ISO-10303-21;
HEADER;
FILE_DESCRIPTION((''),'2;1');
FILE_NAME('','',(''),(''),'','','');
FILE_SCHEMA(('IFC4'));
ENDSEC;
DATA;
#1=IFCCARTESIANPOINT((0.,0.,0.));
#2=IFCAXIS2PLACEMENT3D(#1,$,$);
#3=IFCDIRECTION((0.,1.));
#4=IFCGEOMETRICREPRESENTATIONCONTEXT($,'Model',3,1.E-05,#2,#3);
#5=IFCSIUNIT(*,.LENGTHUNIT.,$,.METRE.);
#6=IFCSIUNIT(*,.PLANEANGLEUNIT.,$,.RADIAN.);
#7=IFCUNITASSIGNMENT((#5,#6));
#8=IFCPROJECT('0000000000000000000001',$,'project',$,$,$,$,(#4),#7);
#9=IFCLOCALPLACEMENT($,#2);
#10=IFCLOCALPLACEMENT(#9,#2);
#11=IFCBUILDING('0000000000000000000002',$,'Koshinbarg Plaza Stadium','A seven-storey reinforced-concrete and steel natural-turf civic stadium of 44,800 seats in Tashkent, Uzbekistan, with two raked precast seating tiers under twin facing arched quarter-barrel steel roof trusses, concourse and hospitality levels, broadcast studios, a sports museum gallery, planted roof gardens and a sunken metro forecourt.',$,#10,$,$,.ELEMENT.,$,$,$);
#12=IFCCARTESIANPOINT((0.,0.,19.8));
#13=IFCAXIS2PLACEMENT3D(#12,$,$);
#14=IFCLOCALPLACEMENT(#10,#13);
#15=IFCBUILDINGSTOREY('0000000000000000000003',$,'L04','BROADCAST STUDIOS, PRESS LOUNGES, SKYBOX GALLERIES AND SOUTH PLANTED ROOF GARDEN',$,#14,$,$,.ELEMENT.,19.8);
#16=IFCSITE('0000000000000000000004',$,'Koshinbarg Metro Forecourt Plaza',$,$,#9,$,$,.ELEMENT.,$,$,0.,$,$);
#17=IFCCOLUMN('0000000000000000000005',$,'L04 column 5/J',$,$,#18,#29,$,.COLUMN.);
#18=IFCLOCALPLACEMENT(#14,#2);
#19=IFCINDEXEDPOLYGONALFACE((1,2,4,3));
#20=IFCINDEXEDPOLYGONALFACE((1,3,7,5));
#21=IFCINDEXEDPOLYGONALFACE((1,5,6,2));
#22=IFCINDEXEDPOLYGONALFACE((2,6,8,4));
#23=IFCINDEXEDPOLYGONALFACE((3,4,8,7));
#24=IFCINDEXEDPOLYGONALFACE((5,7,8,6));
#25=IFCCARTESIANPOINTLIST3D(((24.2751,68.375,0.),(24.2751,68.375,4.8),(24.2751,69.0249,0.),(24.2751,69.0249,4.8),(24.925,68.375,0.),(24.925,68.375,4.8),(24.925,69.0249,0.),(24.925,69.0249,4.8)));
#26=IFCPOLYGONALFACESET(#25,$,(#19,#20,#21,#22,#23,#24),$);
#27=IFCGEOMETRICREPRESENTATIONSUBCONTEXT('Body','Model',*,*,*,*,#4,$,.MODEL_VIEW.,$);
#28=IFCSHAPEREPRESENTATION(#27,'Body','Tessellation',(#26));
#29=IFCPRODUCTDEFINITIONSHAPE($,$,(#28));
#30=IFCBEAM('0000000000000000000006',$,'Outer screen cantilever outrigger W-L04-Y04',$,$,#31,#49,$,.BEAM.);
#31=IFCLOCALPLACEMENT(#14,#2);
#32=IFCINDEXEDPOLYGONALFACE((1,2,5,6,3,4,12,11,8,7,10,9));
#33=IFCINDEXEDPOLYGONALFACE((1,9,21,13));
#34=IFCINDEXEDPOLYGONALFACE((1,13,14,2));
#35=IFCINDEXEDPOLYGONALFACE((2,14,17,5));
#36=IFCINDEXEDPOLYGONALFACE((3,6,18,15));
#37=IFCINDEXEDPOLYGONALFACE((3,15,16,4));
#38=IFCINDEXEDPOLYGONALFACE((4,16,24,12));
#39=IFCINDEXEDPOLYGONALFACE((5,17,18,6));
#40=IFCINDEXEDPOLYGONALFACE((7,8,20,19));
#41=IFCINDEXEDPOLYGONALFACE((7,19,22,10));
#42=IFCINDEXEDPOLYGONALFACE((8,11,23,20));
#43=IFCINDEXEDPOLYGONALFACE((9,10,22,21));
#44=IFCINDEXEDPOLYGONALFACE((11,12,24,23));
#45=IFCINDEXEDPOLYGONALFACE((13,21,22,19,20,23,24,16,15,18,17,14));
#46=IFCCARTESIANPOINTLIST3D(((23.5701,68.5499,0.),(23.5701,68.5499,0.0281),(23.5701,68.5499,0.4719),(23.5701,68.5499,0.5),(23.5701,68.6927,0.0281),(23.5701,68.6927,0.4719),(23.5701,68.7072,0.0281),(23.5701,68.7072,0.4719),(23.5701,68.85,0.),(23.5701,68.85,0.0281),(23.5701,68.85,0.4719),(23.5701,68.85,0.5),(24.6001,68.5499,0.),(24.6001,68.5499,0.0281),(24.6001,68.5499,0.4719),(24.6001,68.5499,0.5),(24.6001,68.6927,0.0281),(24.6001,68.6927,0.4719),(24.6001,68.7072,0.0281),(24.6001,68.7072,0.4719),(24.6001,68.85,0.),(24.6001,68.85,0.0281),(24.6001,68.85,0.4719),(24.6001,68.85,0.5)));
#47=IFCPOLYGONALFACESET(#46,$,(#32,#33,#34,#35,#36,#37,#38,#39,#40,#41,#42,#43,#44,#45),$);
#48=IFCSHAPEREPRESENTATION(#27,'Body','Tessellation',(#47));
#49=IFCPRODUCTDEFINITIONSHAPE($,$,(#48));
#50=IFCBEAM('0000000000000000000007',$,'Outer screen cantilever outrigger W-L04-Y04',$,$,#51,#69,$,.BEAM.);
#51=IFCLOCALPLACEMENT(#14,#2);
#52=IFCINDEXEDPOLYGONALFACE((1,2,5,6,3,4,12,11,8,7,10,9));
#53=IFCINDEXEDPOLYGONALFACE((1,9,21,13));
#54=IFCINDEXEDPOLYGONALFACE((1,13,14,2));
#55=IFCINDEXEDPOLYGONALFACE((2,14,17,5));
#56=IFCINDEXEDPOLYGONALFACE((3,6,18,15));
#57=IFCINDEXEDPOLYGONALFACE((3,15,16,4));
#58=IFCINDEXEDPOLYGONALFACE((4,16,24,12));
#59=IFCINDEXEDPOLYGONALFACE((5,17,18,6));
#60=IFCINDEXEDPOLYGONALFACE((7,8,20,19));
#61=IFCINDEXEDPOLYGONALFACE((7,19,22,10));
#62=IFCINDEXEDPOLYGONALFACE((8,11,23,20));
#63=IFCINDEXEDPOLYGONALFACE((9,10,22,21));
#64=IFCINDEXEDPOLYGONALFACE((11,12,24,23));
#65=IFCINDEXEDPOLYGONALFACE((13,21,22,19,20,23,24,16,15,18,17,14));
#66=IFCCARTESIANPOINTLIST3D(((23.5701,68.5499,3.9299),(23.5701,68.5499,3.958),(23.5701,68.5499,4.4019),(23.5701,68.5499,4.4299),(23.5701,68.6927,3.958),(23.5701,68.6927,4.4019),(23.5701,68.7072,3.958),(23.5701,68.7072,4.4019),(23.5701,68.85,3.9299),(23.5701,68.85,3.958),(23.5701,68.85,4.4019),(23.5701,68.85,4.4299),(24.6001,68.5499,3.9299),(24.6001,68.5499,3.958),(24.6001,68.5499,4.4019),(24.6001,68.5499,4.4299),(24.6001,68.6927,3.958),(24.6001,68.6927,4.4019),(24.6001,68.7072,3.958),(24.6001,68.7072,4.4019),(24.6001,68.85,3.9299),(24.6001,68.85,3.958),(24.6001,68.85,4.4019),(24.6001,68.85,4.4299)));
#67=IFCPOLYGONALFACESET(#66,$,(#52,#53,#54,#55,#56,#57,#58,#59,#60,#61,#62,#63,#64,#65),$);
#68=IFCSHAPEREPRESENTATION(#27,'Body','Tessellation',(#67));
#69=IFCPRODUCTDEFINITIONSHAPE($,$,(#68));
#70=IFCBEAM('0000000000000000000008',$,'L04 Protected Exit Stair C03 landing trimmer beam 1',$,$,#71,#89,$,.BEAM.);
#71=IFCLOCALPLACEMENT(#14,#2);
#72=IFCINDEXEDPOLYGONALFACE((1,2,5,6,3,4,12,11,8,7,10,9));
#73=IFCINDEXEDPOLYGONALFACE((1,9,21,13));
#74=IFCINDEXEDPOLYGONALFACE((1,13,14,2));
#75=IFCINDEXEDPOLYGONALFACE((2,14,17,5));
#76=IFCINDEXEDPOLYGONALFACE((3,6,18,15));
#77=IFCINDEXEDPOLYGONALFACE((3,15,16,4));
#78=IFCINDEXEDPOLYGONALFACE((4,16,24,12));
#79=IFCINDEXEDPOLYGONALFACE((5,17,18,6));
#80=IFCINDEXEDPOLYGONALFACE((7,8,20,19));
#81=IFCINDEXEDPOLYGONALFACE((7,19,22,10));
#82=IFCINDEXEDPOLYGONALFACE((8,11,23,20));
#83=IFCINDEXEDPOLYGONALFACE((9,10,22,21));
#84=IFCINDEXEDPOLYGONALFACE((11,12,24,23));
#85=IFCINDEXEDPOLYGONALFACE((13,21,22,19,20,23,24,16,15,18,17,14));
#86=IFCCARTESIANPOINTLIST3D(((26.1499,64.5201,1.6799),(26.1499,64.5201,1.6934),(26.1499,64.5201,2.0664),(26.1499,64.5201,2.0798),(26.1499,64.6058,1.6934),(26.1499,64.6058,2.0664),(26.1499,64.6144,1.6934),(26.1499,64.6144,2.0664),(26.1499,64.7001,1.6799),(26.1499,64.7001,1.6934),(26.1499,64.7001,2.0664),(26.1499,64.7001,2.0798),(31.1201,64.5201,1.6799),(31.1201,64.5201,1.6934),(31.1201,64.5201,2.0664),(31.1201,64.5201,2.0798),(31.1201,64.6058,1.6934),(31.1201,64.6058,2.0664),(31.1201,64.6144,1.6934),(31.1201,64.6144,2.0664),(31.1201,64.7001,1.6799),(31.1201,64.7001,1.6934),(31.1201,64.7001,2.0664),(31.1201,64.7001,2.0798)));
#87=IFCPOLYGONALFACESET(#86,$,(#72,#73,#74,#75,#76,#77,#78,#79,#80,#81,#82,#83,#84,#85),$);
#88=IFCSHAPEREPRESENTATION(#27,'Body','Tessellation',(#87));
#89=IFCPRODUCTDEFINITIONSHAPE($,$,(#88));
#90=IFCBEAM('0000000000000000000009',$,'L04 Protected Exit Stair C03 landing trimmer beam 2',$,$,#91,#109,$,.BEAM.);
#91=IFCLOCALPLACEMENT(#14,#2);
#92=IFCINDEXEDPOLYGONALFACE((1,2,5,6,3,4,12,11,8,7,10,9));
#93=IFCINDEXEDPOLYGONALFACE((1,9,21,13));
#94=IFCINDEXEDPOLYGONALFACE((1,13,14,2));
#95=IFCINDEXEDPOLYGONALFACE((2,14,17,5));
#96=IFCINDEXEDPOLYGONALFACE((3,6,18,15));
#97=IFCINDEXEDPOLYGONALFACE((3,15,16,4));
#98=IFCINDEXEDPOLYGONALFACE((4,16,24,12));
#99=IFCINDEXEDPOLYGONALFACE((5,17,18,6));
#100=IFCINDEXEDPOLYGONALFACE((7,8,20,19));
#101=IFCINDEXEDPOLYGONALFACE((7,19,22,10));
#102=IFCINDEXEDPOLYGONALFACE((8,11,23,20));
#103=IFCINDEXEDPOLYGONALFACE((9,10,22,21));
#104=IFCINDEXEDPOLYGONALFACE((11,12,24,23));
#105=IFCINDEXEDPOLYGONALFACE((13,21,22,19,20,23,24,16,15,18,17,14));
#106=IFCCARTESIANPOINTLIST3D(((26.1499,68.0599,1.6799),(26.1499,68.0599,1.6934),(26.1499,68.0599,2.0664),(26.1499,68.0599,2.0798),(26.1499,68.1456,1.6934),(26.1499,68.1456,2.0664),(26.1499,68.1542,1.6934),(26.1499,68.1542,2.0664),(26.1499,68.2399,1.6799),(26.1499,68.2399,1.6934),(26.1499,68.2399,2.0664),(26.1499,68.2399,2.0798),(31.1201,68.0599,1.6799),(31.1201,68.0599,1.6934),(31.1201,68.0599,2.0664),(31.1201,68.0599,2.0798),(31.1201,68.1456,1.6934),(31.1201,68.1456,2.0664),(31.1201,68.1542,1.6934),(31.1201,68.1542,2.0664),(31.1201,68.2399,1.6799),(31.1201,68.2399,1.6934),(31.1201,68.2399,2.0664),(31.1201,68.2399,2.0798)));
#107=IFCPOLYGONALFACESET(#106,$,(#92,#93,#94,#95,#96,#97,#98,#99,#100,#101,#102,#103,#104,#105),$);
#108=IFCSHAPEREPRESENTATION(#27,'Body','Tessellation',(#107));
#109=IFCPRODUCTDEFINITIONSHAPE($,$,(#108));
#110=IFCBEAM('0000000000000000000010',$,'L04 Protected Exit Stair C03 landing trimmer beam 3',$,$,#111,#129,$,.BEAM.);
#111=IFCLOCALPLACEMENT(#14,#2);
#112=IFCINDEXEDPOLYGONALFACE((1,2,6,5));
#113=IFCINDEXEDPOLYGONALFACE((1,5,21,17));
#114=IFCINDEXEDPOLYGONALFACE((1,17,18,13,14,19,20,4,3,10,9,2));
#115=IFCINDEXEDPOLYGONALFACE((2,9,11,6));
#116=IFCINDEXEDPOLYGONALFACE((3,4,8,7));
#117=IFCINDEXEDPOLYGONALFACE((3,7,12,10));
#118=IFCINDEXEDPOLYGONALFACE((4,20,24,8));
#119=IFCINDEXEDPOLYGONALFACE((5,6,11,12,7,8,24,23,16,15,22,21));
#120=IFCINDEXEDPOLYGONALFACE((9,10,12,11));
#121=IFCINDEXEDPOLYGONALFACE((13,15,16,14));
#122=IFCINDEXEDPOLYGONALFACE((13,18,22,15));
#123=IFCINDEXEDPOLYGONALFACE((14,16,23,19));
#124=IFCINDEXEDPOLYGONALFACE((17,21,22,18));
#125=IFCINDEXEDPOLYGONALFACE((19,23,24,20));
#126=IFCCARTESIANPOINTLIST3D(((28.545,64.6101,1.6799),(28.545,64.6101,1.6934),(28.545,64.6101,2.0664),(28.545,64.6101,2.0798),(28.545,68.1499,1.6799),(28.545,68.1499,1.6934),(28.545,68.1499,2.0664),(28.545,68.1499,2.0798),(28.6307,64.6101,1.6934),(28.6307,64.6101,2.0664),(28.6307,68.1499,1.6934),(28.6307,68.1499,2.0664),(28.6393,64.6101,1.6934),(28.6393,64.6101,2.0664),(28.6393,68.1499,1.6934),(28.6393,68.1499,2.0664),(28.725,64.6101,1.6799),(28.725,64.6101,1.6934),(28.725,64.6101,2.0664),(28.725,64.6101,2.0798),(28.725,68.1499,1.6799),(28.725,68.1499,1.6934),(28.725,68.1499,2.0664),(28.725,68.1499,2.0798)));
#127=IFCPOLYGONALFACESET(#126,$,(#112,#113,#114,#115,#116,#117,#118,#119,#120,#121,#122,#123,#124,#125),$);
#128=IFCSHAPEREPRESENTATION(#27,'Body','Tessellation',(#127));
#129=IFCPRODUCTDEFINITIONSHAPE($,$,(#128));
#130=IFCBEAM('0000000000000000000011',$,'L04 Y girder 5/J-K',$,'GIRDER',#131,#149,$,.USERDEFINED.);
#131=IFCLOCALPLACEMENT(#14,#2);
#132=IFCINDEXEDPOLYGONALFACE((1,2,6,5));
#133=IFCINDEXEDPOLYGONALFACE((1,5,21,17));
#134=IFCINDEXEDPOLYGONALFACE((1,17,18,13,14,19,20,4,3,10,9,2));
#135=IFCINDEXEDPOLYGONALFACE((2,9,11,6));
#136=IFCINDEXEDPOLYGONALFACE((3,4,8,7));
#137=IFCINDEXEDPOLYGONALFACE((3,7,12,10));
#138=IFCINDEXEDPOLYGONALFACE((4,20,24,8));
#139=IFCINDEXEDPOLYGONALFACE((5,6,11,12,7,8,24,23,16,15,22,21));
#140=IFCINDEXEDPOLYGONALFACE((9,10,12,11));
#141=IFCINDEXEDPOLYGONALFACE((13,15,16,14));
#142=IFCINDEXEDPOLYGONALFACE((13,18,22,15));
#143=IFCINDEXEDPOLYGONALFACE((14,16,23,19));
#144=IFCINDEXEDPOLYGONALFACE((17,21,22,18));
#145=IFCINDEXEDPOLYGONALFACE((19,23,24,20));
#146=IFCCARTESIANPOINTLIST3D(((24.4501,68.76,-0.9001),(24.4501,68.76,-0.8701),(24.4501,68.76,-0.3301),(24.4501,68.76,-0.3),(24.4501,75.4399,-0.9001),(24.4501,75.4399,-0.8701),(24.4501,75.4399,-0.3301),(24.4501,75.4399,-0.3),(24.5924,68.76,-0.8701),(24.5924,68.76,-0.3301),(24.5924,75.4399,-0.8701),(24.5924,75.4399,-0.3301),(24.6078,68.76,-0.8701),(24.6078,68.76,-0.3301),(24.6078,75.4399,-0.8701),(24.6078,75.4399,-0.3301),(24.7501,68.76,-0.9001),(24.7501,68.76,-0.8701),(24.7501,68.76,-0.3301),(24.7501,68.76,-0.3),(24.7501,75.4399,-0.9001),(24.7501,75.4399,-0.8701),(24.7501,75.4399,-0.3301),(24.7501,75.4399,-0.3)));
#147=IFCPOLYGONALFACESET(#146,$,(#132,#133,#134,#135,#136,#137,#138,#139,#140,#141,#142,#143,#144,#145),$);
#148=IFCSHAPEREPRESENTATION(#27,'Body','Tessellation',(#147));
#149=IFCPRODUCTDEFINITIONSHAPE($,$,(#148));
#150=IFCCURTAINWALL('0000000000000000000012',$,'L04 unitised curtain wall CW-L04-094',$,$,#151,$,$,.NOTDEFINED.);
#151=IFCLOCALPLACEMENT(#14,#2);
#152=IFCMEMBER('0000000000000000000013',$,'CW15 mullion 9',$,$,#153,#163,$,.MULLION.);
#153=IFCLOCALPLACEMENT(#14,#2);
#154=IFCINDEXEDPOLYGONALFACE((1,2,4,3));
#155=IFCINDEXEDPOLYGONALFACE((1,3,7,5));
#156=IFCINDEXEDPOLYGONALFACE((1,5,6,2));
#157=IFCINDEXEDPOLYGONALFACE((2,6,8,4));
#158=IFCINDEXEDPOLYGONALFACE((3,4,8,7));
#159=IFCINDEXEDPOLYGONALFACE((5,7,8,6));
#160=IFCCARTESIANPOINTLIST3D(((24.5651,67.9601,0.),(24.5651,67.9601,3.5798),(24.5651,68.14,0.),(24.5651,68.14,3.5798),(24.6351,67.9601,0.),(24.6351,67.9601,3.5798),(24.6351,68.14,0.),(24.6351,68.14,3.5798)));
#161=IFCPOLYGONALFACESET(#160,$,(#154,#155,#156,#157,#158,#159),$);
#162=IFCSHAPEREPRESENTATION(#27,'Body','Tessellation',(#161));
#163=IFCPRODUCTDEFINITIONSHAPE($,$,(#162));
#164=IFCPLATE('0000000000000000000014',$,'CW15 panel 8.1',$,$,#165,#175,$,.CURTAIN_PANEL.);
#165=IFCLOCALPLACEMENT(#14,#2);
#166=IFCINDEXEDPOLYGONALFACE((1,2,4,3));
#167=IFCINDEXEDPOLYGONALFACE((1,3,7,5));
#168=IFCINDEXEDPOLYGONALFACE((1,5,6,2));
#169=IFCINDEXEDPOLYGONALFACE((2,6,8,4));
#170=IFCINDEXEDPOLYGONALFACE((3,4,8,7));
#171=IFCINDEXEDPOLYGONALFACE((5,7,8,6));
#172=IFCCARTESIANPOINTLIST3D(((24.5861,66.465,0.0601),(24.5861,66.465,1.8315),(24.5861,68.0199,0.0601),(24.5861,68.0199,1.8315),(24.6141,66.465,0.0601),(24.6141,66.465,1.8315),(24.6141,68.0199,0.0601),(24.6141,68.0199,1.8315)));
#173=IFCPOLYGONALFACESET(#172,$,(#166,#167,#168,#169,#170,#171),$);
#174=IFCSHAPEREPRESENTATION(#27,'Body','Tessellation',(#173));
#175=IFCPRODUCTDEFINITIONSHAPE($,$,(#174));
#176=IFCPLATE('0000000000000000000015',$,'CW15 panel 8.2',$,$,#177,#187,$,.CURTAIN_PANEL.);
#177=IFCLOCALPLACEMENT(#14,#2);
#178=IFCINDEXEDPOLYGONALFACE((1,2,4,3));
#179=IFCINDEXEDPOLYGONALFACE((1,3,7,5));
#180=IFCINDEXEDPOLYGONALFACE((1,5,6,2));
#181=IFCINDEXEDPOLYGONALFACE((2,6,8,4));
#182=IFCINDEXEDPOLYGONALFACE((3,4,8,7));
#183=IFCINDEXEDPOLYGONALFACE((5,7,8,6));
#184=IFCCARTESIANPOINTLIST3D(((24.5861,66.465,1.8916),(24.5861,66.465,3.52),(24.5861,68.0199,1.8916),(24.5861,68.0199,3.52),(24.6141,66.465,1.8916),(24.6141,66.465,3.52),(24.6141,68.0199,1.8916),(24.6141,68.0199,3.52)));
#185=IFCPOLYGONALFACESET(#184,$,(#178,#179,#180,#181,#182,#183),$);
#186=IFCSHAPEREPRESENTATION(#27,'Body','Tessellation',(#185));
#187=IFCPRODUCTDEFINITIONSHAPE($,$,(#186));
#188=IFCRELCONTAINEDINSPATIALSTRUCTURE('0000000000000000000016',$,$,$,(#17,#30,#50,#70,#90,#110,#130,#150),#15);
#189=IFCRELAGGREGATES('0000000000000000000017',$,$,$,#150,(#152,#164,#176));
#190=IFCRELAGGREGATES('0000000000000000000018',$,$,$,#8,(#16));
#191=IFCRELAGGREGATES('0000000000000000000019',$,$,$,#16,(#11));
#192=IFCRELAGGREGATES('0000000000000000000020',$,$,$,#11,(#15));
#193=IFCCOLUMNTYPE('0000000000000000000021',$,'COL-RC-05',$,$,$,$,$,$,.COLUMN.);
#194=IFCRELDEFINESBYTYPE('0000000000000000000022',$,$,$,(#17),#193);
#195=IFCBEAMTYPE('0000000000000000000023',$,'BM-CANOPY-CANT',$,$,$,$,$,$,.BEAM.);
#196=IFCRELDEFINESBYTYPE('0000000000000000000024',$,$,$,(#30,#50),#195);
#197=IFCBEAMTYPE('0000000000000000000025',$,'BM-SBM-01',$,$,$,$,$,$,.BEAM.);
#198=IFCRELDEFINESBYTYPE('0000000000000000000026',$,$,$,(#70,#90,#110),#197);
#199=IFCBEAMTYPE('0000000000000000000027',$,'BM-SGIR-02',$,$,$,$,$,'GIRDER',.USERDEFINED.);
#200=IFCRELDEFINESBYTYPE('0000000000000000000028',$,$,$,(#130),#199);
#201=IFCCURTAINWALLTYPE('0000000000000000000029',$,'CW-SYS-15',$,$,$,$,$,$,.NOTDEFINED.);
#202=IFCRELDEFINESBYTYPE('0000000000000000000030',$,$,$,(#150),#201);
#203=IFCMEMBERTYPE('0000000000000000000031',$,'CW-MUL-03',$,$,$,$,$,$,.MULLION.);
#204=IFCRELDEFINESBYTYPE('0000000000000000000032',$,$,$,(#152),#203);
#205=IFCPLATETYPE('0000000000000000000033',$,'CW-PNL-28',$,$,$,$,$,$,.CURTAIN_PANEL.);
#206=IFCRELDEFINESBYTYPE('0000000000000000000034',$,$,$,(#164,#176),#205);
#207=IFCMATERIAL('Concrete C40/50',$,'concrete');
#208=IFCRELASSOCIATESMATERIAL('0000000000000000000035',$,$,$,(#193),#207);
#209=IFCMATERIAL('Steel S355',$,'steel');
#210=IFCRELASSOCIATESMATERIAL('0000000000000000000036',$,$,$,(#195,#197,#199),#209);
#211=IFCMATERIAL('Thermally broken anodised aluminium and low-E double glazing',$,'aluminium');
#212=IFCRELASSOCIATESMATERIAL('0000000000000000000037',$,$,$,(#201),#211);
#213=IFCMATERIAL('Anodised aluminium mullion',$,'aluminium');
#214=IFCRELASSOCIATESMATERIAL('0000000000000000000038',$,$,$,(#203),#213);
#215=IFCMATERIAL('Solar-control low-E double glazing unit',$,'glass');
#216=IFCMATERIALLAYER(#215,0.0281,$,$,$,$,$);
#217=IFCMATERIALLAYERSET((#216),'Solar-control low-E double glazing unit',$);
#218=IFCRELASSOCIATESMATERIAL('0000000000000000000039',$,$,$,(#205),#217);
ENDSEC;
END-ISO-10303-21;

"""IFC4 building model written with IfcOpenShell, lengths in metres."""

from ifc_helpers import new_model, si_unit, direction, frame, origin, origin_2d, place, context, subcontext, project, spatial, rectangle, i_section, extrude, material, layer, layer_set, material_profile, profile_set, type_object, element, aggregate, save


model = new_model("IFC4")

# Units and contexts
model_context = context("Model", 3, precision=1e-05, world=origin(), true_north=direction((0.0, 1.0)))
body_context = subcontext(model_context, "Body", "Model", "MODEL_VIEW")
ifc_project = project(units=[si_unit("LENGTHUNIT", "METRE"), si_unit("PLANEANGLEUNIT", "RADIAN")], contexts=[model_context])

# Site, building, storey
site_placement = place(None, origin())
site = spatial("IfcSite", under=ifc_project, at=site_placement, Name="Koshinbarg Metro Forecourt Plaza", CompositionType="ELEMENT", RefElevation=0.0)
building_placement = place(site_placement, origin())
building = spatial("IfcBuilding", under=site, at=building_placement, Name="Koshinbarg Plaza Stadium", Description="A seven-storey reinforced-concrete and steel natural-turf civic stadium of 44,800 seats in Tashkent, Uzbekistan, with two raked precast seating tiers under twin facing arched quarter-barrel steel roof trusses, concourse and hospitality levels, broadcast studios, a sports museum gallery, planted roof gardens and a sunken metro forecourt.", CompositionType="ELEMENT")
storey_placement = place(building_placement, frame((0.0, 0.0, 19.8)))
storey = spatial("IfcBuildingStorey", under=building, at=storey_placement, Name="L04", Description="BROADCAST STUDIOS, PRESS LOUNGES, SKYBOX GALLERIES AND SOUTH PLANTED ROOF GARDEN", CompositionType="ELEMENT", Elevation=19.8)

# Column
ifc_material_1 = material(Name="Concrete C40/50", Category="concrete")
ifc_material_profile_1 = material_profile(ifc_material_1, rectangle(XDim=0.6499, YDim=0.6499, at=origin_2d()), Name="RC 650x650")
ifc_profile_set_1 = profile_set([ifc_material_profile_1], Name="Concrete C40/50")
column_type = type_object("IfcColumnType", Name="COL-RC-05", PredefinedType="COLUMN", material=ifc_profile_set_1)
column_placement = place(storey_placement, frame((24.6001, 68.7, 0.0), z_axis=(0.0, 0.0, 1.0), x_axis=(1.0, 0.0, 0.0)))
element("IfcColumn", 1, at=column_placement, inside=storey, type_object=column_type, Name="L04 column 5/J", PredefinedType="COLUMN", context=body_context, shape_type="SweptSolid", body=[
    extrude(rectangle(XDim=0.6499, YDim=0.6499, at=origin_2d()), origin(), (0.0, 0.0, 1.0), 4.8),
])

# Beams
ifc_material_2 = material(Name="Steel S355", Category="steel")
ifc_material_profile_2 = material_profile(ifc_material_2, i_section(OverallWidth=0.3, OverallDepth=0.5, WebThickness=0.0144, FlangeThickness=0.0281, at=origin_2d()), Name="HEB 500")
ifc_profile_set_2 = profile_set([ifc_material_profile_2], Name="Steel S355")
beam_type_1 = type_object("IfcBeamType", Name="BM-CANOPY-CANT", PredefinedType="BEAM", material=ifc_profile_set_2)
for number, where, z_axis, x_axis, name in (
    (2, (24.6001, 68.7, 0.25), (-1.0, 0.0, 0.0), (0.0, -1.0, 0.0), "Outer screen cantilever outrigger W-L04-Y04"),
    (3, (24.6001, 68.7, 4.1799), (-1.0, 0.0, 0.0), (0.0, -1.0, 0.0), "Outer screen cantilever outrigger W-L04-Y04"),
):
    element("IfcBeam", number, at=place(storey_placement, frame(where, z_axis=z_axis, x_axis=x_axis)), inside=storey, type_object=beam_type_1, Name=name, PredefinedType="BEAM", context=body_context, shape_type="SweptSolid", body=[
        extrude(i_section(OverallWidth=0.3, OverallDepth=0.5, WebThickness=0.0144, FlangeThickness=0.0281, at=origin_2d()), origin(), (0.0, 0.0, 1.0), 1.03),
    ])
ifc_material_profile_3 = material_profile(ifc_material_2, i_section(OverallWidth=0.1799, OverallDepth=0.3999, WebThickness=0.0085, FlangeThickness=0.0134, at=origin_2d()), Name="IPE 400")
ifc_profile_set_3 = profile_set([ifc_material_profile_3], Name="Steel S355")
beam_type_2 = type_object("IfcBeamType", Name="BM-SBM-01", PredefinedType="BEAM", material=ifc_profile_set_3)
for number, where, z_axis, x_axis, name in (
    (4, (26.1499, 64.6101, 1.8799), (1.0, 0.0, 0.0), (0.0, 1.0, 0.0), "L04 Protected Exit Stair C03 landing trimmer beam 1"),
    (5, (26.1499, 68.1499, 1.8799), (1.0, 0.0, 0.0), (0.0, 1.0, 0.0), "L04 Protected Exit Stair C03 landing trimmer beam 2"),
):
    element("IfcBeam", number, at=place(storey_placement, frame(where, z_axis=z_axis, x_axis=x_axis)), inside=storey, type_object=beam_type_2, Name=name, PredefinedType="BEAM", context=body_context, shape_type="SweptSolid", body=[
        extrude(i_section(OverallWidth=0.1799, OverallDepth=0.3999, WebThickness=0.0085, FlangeThickness=0.0134, at=origin_2d()), origin(), (0.0, 0.0, 1.0), 4.9702),
    ])
beam_1_placement = place(storey_placement, frame((28.635, 64.6101, 1.8799), z_axis=(0.0, 1.0, 0.0), x_axis=(-1.0, 0.0, 0.0)))
element("IfcBeam", 6, at=beam_1_placement, inside=storey, type_object=beam_type_2, Name="L04 Protected Exit Stair C03 landing trimmer beam 3", PredefinedType="BEAM", context=body_context, shape_type="SweptSolid", body=[
    extrude(i_section(OverallWidth=0.1799, OverallDepth=0.3999, WebThickness=0.0085, FlangeThickness=0.0134, at=origin_2d()), origin(), (0.0, 0.0, 1.0), 3.5398),
])
ifc_material_profile_4 = material_profile(ifc_material_2, i_section(OverallWidth=0.3, OverallDepth=0.6001, WebThickness=0.0154, FlangeThickness=0.03, at=origin_2d()), Name="HEB 600")
ifc_profile_set_4 = profile_set([ifc_material_profile_4], Name="Steel S355")
beam_type_3 = type_object("IfcBeamType", Name="BM-SGIR-02", ElementType="GIRDER", PredefinedType="USERDEFINED", material=ifc_profile_set_4)
beam_2_placement = place(storey_placement, frame((24.6001, 68.76, -0.6001), z_axis=(0.0, 1.0, 0.0), x_axis=(-1.0, 0.0, 0.0)))
element("IfcBeam", 7, at=beam_2_placement, inside=storey, type_object=beam_type_3, Name="L04 Y girder 5/J-K", ObjectType="GIRDER", PredefinedType="USERDEFINED", context=body_context, shape_type="SweptSolid", body=[
    extrude(i_section(OverallWidth=0.3, OverallDepth=0.6001, WebThickness=0.0154, FlangeThickness=0.03, at=origin_2d()), origin(), (0.0, 0.0, 1.0), 6.6799),
])

# Curtain wall, member, plates
ifc_material_3 = material(Name="Thermally broken anodised aluminium and low-E double glazing", Category="aluminium")
curtain_wall_type = type_object("IfcCurtainWallType", Name="CW-SYS-15", PredefinedType="NOTDEFINED", material=ifc_material_3)
curtain_wall_placement = place(storey_placement, origin())
curtain_wall = element("IfcCurtainWall", 8, at=curtain_wall_placement, inside=storey, type_object=curtain_wall_type, Name="L04 unitised curtain wall CW-L04-094", PredefinedType="NOTDEFINED")
ifc_material_4 = material(Name="Anodised aluminium mullion", Category="aluminium")
ifc_material_profile_5 = material_profile(ifc_material_4, rectangle(XDim=0.0701, YDim=0.1799, at=origin_2d()), Name="ALU 70x180")
ifc_profile_set_5 = profile_set([ifc_material_profile_5], Name="Anodised aluminium mullion")
member_type = type_object("IfcMemberType", Name="CW-MUL-03", PredefinedType="MULLION", material=ifc_profile_set_5)
member_placement = place(storey_placement, frame((24.6001, 68.05, 0.0), z_axis=(0.0, 0.0, 1.0), x_axis=(-1.0, 0.0, 0.0)))
member = element("IfcMember", 9, at=member_placement, type_object=member_type, Name="CW15 mullion 9", PredefinedType="MULLION", context=body_context, shape_type="SweptSolid", body=[
    extrude(rectangle(XDim=0.0701, YDim=0.1799, at=origin_2d()), origin(), (0.0, 0.0, 1.0), 3.5798),
])
ifc_material_5 = material(Name="Solar-control low-E double glazing unit", Category="glass")
ifc_layer_1 = layer(ifc_material_5, 0.0281)
ifc_layer_set_1 = layer_set([ifc_layer_1], Name="Solar-control low-E double glazing unit")
plate_type = type_object("IfcPlateType", Name="CW-PNL-28", PredefinedType="CURTAIN_PANEL", material=ifc_layer_set_1)
plate_1_placement = place(storey_placement, frame((24.6001, 67.2424, 0.0601), z_axis=(0.0, 0.0, 1.0), x_axis=(0.0, 1.0, 0.0)))
plate_1 = element("IfcPlate", 10, at=plate_1_placement, type_object=plate_type, Name="CW15 panel 8.1", PredefinedType="CURTAIN_PANEL", context=body_context, shape_type="SweptSolid", body=[
    extrude(rectangle(XDim=1.5549, YDim=0.0281, at=origin_2d()), origin(), (0.0, 0.0, 1.0), 1.7715),
])
plate_2_placement = place(storey_placement, frame((24.6001, 67.2424, 1.8916), z_axis=(0.0, 0.0, 1.0), x_axis=(0.0, 1.0, 0.0)))
plate_2 = element("IfcPlate", 11, at=plate_2_placement, type_object=plate_type, Name="CW15 panel 8.2", PredefinedType="CURTAIN_PANEL", context=body_context, shape_type="SweptSolid", body=[
    extrude(rectangle(XDim=1.5549, YDim=0.0281, at=origin_2d()), origin(), (0.0, 0.0, 1.0), 1.6284),
])
aggregate(curtain_wall, [member, plate_1, plate_2])

save(model, "model.ifc")
